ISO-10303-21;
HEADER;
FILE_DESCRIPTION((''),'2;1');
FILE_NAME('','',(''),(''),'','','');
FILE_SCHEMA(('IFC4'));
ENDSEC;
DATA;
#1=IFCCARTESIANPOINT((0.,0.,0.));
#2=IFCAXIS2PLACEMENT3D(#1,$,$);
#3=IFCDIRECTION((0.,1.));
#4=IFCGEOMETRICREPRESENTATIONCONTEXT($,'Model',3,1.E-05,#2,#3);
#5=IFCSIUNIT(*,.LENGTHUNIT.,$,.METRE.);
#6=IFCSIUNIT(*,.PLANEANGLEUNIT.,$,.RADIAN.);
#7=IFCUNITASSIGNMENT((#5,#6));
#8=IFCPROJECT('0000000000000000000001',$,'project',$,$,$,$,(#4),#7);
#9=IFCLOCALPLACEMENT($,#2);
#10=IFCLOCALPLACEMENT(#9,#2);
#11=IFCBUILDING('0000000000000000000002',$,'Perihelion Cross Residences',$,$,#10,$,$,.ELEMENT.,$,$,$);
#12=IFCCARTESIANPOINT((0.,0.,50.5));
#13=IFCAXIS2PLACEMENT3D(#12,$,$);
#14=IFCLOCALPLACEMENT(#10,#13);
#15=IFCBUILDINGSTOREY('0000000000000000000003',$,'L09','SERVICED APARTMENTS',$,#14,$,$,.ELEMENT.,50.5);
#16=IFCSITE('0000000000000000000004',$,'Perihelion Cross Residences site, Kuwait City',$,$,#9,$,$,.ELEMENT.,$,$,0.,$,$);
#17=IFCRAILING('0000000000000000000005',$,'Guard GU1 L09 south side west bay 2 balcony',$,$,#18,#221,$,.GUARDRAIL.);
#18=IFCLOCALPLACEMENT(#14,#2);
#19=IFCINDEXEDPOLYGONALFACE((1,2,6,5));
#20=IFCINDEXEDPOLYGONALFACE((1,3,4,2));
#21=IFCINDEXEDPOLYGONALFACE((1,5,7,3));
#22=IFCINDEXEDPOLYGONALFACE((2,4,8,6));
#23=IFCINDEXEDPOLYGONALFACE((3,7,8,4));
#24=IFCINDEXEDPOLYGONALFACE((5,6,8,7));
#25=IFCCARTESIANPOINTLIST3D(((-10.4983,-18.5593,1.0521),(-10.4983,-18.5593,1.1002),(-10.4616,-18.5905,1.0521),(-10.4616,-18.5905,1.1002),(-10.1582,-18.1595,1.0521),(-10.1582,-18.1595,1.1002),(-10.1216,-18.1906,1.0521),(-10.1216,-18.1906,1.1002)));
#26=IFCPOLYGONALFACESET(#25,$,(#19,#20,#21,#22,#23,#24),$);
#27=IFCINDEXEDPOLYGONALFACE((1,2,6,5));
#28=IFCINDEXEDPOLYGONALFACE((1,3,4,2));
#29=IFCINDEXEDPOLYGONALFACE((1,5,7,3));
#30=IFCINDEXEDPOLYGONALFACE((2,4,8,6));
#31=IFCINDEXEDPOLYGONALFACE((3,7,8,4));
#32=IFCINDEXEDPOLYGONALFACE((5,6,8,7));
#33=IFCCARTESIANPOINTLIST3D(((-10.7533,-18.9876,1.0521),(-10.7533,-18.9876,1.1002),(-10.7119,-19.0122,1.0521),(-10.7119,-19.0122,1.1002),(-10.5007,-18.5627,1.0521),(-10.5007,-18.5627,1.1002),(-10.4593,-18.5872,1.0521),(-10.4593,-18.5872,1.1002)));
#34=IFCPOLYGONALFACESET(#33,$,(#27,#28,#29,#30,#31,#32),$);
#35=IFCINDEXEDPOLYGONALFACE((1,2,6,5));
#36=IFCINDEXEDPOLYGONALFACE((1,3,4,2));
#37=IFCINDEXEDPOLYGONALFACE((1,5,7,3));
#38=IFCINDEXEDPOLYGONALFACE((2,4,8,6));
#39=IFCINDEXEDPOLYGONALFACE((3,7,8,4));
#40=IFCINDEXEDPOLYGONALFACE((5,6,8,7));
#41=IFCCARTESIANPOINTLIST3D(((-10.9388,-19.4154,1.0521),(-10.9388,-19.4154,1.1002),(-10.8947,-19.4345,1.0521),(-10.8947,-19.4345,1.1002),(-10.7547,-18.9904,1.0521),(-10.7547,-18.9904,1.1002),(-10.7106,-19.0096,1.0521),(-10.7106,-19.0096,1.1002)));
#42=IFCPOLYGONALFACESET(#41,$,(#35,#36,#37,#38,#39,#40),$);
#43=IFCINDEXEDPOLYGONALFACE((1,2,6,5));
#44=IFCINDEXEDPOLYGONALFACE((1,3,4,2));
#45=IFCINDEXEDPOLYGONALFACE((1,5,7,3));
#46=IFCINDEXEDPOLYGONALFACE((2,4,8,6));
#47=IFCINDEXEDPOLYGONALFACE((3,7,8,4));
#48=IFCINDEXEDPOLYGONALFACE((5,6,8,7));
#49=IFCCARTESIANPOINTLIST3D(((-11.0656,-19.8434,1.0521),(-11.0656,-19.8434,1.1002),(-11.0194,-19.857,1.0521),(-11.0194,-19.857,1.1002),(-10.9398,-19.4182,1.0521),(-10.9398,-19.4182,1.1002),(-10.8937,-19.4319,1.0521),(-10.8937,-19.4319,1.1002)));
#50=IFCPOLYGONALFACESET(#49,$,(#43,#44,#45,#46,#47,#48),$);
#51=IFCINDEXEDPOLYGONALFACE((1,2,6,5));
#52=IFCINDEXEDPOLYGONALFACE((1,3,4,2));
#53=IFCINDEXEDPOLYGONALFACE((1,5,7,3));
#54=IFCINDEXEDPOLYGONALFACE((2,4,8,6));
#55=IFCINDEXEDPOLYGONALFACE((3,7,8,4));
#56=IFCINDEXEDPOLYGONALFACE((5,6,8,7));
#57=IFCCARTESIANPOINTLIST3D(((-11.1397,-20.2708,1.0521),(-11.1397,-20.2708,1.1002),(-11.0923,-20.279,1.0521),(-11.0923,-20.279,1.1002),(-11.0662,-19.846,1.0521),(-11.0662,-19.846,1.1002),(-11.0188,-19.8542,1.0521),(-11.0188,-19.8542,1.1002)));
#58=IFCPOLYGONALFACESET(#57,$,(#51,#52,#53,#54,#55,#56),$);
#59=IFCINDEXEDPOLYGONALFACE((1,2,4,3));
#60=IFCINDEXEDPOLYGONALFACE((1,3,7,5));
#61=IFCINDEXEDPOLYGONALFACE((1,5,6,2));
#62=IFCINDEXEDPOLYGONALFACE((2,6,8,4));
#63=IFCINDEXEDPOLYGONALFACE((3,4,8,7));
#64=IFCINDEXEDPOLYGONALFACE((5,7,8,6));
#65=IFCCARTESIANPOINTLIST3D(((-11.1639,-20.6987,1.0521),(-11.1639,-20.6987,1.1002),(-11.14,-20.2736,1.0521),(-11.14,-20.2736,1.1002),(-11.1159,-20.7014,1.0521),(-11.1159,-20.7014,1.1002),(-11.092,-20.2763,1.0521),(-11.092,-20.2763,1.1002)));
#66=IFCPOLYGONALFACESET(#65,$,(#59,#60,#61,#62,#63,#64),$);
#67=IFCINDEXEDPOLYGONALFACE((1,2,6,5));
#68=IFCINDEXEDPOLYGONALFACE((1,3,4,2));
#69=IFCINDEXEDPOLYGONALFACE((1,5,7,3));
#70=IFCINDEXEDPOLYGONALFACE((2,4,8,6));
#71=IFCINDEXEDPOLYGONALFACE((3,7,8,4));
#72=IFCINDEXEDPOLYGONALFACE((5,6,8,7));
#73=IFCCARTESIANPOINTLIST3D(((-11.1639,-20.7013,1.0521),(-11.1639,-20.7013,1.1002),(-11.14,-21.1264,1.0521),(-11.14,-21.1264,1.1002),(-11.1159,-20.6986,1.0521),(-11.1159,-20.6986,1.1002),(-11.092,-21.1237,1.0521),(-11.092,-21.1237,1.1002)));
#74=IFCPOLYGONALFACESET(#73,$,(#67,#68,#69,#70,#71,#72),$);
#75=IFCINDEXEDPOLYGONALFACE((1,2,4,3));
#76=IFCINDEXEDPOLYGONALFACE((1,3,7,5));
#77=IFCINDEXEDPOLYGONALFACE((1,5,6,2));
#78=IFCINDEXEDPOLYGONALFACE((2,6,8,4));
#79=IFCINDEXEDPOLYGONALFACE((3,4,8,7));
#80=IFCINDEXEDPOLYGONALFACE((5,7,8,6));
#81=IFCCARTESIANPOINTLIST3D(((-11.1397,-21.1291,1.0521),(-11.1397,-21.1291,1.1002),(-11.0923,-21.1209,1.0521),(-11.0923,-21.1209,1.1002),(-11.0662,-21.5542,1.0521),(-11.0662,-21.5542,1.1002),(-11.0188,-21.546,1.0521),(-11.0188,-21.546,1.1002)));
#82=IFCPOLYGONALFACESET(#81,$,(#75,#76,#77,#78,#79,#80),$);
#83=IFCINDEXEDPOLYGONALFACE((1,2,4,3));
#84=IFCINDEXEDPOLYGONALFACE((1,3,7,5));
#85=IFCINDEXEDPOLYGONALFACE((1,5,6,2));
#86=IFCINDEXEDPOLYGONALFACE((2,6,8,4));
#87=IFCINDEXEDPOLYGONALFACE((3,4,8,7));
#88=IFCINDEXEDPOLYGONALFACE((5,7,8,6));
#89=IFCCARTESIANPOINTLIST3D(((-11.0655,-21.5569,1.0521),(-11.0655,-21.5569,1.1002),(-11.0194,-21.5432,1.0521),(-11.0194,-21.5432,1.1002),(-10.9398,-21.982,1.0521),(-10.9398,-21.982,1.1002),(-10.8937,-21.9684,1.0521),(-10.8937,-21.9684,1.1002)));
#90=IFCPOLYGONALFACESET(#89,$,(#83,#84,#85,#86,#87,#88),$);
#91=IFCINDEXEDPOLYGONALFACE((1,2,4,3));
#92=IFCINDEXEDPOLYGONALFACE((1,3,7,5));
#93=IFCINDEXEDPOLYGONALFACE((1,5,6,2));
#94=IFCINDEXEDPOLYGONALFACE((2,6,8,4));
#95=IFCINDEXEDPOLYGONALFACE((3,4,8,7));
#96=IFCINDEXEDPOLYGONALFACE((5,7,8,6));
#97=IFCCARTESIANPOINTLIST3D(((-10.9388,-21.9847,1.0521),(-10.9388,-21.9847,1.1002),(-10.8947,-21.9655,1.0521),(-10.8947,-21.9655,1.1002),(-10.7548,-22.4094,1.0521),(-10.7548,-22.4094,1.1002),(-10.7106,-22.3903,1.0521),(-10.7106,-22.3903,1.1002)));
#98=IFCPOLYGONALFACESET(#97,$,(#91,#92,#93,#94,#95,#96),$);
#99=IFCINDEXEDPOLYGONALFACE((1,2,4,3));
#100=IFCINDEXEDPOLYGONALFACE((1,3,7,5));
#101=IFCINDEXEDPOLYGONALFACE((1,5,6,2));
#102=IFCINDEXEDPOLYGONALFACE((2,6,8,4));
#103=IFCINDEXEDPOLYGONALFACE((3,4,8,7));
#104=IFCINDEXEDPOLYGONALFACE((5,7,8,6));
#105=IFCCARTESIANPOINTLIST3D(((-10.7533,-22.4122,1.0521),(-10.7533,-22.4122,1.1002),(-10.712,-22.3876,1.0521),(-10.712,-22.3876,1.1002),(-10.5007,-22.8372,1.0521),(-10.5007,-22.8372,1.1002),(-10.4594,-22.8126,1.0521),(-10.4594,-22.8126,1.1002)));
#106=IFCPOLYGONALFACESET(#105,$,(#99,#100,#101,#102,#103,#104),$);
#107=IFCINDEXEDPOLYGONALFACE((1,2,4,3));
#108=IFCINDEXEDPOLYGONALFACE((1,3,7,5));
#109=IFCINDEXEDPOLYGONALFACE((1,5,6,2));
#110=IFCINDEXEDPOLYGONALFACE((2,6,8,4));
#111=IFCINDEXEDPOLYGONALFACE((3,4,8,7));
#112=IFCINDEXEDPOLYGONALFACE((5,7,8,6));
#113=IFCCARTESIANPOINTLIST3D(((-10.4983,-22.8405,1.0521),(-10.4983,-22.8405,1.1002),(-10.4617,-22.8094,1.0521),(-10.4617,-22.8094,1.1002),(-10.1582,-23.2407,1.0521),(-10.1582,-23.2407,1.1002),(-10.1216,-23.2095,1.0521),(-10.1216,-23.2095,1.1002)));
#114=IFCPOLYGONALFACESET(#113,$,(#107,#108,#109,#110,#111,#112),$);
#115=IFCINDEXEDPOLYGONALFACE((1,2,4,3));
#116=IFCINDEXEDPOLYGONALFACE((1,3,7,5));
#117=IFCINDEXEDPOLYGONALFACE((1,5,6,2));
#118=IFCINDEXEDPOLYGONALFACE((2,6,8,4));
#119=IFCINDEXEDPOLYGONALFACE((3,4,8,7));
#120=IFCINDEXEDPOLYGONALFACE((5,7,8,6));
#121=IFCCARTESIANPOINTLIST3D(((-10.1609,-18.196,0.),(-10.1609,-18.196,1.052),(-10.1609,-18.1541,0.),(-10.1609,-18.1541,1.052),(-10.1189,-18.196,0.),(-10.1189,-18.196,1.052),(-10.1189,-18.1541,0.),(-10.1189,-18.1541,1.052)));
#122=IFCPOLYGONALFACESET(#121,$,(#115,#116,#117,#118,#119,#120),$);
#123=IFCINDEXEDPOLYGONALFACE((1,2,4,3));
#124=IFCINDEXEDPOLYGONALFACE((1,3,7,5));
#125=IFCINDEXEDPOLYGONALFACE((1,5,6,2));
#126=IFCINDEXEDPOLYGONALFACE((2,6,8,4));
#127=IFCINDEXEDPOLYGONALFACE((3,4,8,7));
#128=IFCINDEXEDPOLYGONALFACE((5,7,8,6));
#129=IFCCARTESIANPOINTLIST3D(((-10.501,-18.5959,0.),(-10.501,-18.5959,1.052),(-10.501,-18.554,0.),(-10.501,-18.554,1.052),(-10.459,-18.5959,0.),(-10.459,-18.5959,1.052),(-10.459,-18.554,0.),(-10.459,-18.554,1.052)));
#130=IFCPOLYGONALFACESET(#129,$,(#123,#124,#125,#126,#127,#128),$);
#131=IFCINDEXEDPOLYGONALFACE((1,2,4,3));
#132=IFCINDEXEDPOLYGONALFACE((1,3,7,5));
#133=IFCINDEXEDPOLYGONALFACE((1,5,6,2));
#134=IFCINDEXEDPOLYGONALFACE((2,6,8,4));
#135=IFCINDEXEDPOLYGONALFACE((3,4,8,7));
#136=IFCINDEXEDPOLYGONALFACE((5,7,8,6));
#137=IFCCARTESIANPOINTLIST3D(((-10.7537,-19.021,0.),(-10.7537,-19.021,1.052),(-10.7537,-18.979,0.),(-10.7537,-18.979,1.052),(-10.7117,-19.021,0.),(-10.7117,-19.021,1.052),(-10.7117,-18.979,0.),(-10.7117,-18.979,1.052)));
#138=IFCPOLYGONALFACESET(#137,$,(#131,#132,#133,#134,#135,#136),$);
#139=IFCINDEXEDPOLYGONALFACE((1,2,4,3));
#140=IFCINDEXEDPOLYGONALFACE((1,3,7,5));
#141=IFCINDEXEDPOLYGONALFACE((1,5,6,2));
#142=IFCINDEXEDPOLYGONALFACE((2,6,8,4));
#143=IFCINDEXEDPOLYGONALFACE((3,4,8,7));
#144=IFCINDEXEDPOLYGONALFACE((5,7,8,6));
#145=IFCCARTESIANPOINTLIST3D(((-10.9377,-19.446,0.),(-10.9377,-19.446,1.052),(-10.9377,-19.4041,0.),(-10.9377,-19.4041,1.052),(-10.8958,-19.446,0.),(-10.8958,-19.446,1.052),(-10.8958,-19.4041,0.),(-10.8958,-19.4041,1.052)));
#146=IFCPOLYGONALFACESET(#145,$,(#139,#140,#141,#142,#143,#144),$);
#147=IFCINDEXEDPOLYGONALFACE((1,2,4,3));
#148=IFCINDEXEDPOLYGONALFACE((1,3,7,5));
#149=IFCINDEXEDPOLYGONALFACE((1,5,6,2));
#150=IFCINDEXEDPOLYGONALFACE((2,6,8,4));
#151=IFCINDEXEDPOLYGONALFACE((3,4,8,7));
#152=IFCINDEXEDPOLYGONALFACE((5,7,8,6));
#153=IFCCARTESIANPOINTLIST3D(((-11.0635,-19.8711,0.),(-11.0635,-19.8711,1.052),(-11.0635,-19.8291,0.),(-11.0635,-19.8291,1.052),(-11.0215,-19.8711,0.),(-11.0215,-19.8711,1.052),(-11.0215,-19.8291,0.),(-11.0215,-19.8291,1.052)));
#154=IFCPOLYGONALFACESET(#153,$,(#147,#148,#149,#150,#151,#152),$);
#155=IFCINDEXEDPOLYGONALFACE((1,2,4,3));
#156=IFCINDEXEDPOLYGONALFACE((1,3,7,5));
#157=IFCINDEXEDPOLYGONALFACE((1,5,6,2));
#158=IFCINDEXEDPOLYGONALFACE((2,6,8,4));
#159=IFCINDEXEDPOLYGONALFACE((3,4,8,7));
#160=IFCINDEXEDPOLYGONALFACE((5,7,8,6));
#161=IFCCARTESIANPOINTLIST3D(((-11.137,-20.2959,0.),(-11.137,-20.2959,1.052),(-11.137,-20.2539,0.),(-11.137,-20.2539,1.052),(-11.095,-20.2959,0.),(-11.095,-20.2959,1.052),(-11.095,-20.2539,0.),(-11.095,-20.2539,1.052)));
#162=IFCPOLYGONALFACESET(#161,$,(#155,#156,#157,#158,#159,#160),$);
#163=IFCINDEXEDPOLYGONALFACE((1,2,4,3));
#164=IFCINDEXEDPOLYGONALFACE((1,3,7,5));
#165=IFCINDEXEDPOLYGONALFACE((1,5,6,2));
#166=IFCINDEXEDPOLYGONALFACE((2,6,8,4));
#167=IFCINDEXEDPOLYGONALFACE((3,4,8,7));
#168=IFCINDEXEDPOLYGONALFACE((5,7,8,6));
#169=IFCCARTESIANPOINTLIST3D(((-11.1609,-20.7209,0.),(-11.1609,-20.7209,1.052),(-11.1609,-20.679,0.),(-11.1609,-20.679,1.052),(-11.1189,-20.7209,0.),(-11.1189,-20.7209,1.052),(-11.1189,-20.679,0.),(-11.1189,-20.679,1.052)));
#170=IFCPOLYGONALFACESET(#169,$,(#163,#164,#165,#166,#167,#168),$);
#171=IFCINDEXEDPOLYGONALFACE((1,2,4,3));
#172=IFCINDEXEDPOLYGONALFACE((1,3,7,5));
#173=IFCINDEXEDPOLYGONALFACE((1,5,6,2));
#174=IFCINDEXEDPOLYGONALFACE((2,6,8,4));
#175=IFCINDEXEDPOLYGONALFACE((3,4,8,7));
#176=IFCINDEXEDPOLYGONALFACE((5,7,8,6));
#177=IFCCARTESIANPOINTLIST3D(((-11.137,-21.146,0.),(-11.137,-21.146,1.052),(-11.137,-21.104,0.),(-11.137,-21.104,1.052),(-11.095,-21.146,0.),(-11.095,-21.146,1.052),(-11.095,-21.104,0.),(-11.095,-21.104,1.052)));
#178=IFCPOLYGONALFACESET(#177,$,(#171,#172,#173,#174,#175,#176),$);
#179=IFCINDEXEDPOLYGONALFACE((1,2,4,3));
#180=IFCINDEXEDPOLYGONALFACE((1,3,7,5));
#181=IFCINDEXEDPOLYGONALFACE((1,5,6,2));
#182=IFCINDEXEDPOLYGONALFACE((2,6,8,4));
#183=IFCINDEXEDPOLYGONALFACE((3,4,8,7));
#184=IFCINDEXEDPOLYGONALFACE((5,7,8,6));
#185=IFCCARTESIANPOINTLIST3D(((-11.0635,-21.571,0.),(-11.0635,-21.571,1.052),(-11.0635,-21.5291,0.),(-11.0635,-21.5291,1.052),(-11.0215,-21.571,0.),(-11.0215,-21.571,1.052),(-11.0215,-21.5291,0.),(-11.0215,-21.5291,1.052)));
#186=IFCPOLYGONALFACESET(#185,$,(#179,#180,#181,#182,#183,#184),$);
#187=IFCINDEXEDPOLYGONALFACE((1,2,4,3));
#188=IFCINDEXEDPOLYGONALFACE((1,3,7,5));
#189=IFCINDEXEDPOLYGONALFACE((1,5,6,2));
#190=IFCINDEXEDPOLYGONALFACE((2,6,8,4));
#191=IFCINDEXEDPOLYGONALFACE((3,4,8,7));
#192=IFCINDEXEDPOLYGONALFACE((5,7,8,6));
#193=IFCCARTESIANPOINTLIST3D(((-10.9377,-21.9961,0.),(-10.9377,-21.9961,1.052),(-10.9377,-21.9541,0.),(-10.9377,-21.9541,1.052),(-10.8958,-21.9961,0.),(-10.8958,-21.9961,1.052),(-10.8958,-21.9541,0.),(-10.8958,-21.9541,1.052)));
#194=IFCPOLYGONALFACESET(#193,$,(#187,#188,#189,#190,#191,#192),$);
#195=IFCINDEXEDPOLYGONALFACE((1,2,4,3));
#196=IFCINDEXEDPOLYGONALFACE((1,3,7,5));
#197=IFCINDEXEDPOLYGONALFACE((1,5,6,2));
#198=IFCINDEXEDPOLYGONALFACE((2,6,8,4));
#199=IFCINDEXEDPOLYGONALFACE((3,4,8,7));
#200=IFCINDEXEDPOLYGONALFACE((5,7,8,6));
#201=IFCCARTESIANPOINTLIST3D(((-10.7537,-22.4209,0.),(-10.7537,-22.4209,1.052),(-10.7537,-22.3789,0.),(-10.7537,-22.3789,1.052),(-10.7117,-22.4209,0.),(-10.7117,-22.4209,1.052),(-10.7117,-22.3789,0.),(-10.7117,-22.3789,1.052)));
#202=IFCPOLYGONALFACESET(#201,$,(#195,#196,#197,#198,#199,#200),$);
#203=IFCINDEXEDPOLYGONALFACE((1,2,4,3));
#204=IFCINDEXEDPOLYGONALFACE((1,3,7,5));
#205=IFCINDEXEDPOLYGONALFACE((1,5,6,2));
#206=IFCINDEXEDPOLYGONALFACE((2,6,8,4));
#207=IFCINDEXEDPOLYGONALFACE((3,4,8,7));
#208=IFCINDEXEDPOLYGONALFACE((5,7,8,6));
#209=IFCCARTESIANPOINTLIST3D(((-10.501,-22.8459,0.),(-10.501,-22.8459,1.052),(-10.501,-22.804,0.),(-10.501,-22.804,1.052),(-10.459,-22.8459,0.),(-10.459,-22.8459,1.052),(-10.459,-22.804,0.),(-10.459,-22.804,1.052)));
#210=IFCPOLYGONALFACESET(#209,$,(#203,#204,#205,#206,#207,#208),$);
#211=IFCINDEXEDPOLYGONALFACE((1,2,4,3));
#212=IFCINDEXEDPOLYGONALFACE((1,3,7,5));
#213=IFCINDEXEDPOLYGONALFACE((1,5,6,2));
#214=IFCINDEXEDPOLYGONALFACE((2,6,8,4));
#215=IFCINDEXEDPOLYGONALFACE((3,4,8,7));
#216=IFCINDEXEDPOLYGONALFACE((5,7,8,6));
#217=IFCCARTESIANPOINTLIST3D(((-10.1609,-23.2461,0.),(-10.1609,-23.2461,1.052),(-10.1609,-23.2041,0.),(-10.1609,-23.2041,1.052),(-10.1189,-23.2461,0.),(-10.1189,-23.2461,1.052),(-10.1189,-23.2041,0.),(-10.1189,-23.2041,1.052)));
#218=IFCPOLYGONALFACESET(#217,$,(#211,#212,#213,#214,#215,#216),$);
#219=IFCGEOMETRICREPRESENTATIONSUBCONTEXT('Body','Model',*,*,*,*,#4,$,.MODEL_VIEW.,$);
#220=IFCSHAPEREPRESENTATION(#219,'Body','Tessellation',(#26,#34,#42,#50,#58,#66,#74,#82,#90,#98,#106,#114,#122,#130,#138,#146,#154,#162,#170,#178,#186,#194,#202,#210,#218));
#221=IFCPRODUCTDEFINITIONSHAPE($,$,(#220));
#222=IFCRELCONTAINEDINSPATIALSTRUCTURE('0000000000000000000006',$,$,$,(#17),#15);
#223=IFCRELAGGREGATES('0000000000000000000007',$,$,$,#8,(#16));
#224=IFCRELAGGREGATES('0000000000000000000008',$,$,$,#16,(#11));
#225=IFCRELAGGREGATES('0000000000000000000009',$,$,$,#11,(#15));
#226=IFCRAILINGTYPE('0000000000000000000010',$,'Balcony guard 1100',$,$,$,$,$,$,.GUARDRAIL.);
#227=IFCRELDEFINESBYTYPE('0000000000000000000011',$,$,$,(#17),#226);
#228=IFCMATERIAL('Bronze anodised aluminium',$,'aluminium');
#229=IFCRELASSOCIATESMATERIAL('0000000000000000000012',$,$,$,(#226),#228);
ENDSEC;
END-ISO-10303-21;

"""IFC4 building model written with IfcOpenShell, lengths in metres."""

from ifc_helpers import new_model, si_unit, direction, frame, origin, origin_2d, place, context, subcontext, project, spatial, rectangle, extrude, material, type_object, element, save


model = new_model("IFC4")

# Units and contexts
model_context = context("Model", 3, precision=1e-05, world=origin(), true_north=direction((0.0, 1.0)))
body_context = subcontext(model_context, "Body", "Model", "MODEL_VIEW")
ifc_project = project(units=[si_unit("LENGTHUNIT", "METRE"), si_unit("PLANEANGLEUNIT", "RADIAN")], contexts=[model_context])

# Site, building, storey
site_placement = place(None, origin())
site = spatial("IfcSite", under=ifc_project, at=site_placement, Name="Perihelion Cross Residences site, Kuwait City", CompositionType="ELEMENT", RefElevation=0.0)
building_placement = place(site_placement, origin())
building = spatial("IfcBuilding", under=site, at=building_placement, Name="Perihelion Cross Residences", CompositionType="ELEMENT")
storey_placement = place(building_placement, frame((0.0, 0.0, 50.5)))
storey = spatial("IfcBuildingStorey", under=building, at=storey_placement, Name="L09", Description="SERVICED APARTMENTS", CompositionType="ELEMENT", Elevation=50.5)

# Railing
ifc_material_1 = material(Name="Bronze anodised aluminium", Category="aluminium")
railing_type = type_object("IfcRailingType", Name="Balcony guard 1100", PredefinedType="GUARDRAIL", material=ifc_material_1)
railing_1_placement = place(storey_placement, frame((-10.1399, -18.175, 0.0)))
element("IfcRailing", 1, at=railing_1_placement, inside=storey, type_object=railing_type, Name="Guard GU1 L09 south side west bay 2 balcony", PredefinedType="GUARDRAIL", context=body_context, shape_type="SweptSolid", body=[
    extrude(rectangle(XDim=0.0481, YDim=0.0481, at=origin_2d()), frame((0.0, 0.0, 1.0762), z_axis=(-0.647837, -0.761779, 0.0), x_axis=(0.761779, -0.647837, 0.0)), (0.0, 0.0, 1.0), 0.5249),
    extrude(rectangle(XDim=0.0481, YDim=0.0481, at=origin_2d()), frame((-0.3401, -0.3999, 1.0762), z_axis=(-0.511006, -0.859577, 0.0), x_axis=(0.859577, -0.511006, 0.0)), (0.0, 0.0, 1.0), 0.4944),
    extrude(rectangle(XDim=0.0481, YDim=0.0481, at=origin_2d()), frame((-0.5928, -0.825, 1.0762), z_axis=(-0.397415, -0.917639, 0.0), x_axis=(0.917639, -0.397415, 0.0)), (0.0, 0.0, 1.0), 0.4631),
    extrude(rectangle(XDim=0.0481, YDim=0.0481, at=origin_2d()), frame((-0.7769, -1.25, 1.0762), z_axis=(-0.283657, -0.958926, 0.0), x_axis=(0.958926, -0.283657, 0.0)), (0.0, 0.0, 1.0), 0.4434),
    extrude(rectangle(XDim=0.0481, YDim=0.0481, at=origin_2d()), frame((-0.9026, -1.675, 1.0762), z_axis=(-0.170457, -0.985365, 0.0), x_axis=(0.985365, -0.170457, 0.0)), (0.0, 0.0, 1.0), 0.4312),
    extrude(rectangle(XDim=0.0481, YDim=0.0481, at=origin_2d()), frame((-0.9761, -2.0999, 1.0762), z_axis=(-0.056201, -0.99842, 0.0), x_axis=(0.99842, -0.056201, 0.0)), (0.0, 0.0, 1.0), 0.4258),
    extrude(rectangle(XDim=0.0481, YDim=0.0481, at=origin_2d()), frame((-1.0, -2.5249, 1.0762), z_axis=(0.056201, -0.99842, 0.0), x_axis=(0.99842, 0.056201, 0.0)), (0.0, 0.0, 1.0), 0.4258),
    extrude(rectangle(XDim=0.0481, YDim=0.0481, at=origin_2d()), frame((-0.9761, -2.95, 1.0762), z_axis=(0.170362, -0.985382, 0.0), x_axis=(0.985382, 0.170362, 0.0)), (0.0, 0.0, 1.0), 0.4314),
    extrude(rectangle(XDim=0.0481, YDim=0.0481, at=origin_2d()), frame((-0.9026, -3.375, 1.0762), z_axis=(0.283657, -0.958926, 0.0), x_axis=(0.958926, 0.283657, 0.0)), (0.0, 0.0, 1.0), 0.4434),
    extrude(rectangle(XDim=0.0481, YDim=0.0481, at=origin_2d()), frame((-0.7769, -3.8, 1.0762), z_axis=(0.397607, -0.917556, 0.0), x_axis=(0.917556, 0.397607, 0.0)), (0.0, 0.0, 1.0), 0.4629),
    extrude(rectangle(XDim=0.0481, YDim=0.0481, at=origin_2d()), frame((-0.5928, -4.2249, 1.0762), z_axis=(0.511006, -0.859577, 0.0), x_axis=(0.859577, 0.511006, 0.0)), (0.0, 0.0, 1.0), 0.4944),
    extrude(rectangle(XDim=0.0481, YDim=0.0481, at=origin_2d()), frame((-0.3401, -4.6499, 1.0762), z_axis=(0.647608, -0.761974, 0.0), x_axis=(0.761974, 0.647608, 0.0)), (0.0, 0.0, 1.0), 0.5251),
    extrude(rectangle(XDim=0.042, YDim=0.042, at=origin_2d()), origin(), (0.0, 0.0, 1.0), 1.052),
    extrude(rectangle(XDim=0.042, YDim=0.042, at=origin_2d()), frame((-0.3401, -0.3999, 0.0)), (0.0, 0.0, 1.0), 1.052),
    extrude(rectangle(XDim=0.042, YDim=0.042, at=origin_2d()), frame((-0.5928, -0.825, 0.0)), (0.0, 0.0, 1.0), 1.052),
    extrude(rectangle(XDim=0.042, YDim=0.042, at=origin_2d()), frame((-0.7769, -1.25, 0.0)), (0.0, 0.0, 1.0), 1.052),
    extrude(rectangle(XDim=0.042, YDim=0.042, at=origin_2d()), frame((-0.9026, -1.675, 0.0)), (0.0, 0.0, 1.0), 1.052),
    extrude(rectangle(XDim=0.042, YDim=0.042, at=origin_2d()), frame((-0.9761, -2.0999, 0.0)), (0.0, 0.0, 1.0), 1.052),
    extrude(rectangle(XDim=0.042, YDim=0.042, at=origin_2d()), frame((-1.0, -2.5249, 0.0)), (0.0, 0.0, 1.0), 1.052),
    extrude(rectangle(XDim=0.042, YDim=0.042, at=origin_2d()), frame((-0.9761, -2.95, 0.0)), (0.0, 0.0, 1.0), 1.052),
    extrude(rectangle(XDim=0.042, YDim=0.042, at=origin_2d()), frame((-0.9026, -3.375, 0.0)), (0.0, 0.0, 1.0), 1.052),
    extrude(rectangle(XDim=0.042, YDim=0.042, at=origin_2d()), frame((-0.7769, -3.8, 0.0)), (0.0, 0.0, 1.0), 1.052),
    extrude(rectangle(XDim=0.042, YDim=0.042, at=origin_2d()), frame((-0.5928, -4.2249, 0.0)), (0.0, 0.0, 1.0), 1.052),
    extrude(rectangle(XDim=0.042, YDim=0.042, at=origin_2d()), frame((-0.3401, -4.6499, 0.0)), (0.0, 0.0, 1.0), 1.052),
    extrude(rectangle(XDim=0.042, YDim=0.042, at=origin_2d()), frame((0.0, -5.05, 0.0)), (0.0, 0.0, 1.0), 1.052),
])

save(model, "model.ifc")
